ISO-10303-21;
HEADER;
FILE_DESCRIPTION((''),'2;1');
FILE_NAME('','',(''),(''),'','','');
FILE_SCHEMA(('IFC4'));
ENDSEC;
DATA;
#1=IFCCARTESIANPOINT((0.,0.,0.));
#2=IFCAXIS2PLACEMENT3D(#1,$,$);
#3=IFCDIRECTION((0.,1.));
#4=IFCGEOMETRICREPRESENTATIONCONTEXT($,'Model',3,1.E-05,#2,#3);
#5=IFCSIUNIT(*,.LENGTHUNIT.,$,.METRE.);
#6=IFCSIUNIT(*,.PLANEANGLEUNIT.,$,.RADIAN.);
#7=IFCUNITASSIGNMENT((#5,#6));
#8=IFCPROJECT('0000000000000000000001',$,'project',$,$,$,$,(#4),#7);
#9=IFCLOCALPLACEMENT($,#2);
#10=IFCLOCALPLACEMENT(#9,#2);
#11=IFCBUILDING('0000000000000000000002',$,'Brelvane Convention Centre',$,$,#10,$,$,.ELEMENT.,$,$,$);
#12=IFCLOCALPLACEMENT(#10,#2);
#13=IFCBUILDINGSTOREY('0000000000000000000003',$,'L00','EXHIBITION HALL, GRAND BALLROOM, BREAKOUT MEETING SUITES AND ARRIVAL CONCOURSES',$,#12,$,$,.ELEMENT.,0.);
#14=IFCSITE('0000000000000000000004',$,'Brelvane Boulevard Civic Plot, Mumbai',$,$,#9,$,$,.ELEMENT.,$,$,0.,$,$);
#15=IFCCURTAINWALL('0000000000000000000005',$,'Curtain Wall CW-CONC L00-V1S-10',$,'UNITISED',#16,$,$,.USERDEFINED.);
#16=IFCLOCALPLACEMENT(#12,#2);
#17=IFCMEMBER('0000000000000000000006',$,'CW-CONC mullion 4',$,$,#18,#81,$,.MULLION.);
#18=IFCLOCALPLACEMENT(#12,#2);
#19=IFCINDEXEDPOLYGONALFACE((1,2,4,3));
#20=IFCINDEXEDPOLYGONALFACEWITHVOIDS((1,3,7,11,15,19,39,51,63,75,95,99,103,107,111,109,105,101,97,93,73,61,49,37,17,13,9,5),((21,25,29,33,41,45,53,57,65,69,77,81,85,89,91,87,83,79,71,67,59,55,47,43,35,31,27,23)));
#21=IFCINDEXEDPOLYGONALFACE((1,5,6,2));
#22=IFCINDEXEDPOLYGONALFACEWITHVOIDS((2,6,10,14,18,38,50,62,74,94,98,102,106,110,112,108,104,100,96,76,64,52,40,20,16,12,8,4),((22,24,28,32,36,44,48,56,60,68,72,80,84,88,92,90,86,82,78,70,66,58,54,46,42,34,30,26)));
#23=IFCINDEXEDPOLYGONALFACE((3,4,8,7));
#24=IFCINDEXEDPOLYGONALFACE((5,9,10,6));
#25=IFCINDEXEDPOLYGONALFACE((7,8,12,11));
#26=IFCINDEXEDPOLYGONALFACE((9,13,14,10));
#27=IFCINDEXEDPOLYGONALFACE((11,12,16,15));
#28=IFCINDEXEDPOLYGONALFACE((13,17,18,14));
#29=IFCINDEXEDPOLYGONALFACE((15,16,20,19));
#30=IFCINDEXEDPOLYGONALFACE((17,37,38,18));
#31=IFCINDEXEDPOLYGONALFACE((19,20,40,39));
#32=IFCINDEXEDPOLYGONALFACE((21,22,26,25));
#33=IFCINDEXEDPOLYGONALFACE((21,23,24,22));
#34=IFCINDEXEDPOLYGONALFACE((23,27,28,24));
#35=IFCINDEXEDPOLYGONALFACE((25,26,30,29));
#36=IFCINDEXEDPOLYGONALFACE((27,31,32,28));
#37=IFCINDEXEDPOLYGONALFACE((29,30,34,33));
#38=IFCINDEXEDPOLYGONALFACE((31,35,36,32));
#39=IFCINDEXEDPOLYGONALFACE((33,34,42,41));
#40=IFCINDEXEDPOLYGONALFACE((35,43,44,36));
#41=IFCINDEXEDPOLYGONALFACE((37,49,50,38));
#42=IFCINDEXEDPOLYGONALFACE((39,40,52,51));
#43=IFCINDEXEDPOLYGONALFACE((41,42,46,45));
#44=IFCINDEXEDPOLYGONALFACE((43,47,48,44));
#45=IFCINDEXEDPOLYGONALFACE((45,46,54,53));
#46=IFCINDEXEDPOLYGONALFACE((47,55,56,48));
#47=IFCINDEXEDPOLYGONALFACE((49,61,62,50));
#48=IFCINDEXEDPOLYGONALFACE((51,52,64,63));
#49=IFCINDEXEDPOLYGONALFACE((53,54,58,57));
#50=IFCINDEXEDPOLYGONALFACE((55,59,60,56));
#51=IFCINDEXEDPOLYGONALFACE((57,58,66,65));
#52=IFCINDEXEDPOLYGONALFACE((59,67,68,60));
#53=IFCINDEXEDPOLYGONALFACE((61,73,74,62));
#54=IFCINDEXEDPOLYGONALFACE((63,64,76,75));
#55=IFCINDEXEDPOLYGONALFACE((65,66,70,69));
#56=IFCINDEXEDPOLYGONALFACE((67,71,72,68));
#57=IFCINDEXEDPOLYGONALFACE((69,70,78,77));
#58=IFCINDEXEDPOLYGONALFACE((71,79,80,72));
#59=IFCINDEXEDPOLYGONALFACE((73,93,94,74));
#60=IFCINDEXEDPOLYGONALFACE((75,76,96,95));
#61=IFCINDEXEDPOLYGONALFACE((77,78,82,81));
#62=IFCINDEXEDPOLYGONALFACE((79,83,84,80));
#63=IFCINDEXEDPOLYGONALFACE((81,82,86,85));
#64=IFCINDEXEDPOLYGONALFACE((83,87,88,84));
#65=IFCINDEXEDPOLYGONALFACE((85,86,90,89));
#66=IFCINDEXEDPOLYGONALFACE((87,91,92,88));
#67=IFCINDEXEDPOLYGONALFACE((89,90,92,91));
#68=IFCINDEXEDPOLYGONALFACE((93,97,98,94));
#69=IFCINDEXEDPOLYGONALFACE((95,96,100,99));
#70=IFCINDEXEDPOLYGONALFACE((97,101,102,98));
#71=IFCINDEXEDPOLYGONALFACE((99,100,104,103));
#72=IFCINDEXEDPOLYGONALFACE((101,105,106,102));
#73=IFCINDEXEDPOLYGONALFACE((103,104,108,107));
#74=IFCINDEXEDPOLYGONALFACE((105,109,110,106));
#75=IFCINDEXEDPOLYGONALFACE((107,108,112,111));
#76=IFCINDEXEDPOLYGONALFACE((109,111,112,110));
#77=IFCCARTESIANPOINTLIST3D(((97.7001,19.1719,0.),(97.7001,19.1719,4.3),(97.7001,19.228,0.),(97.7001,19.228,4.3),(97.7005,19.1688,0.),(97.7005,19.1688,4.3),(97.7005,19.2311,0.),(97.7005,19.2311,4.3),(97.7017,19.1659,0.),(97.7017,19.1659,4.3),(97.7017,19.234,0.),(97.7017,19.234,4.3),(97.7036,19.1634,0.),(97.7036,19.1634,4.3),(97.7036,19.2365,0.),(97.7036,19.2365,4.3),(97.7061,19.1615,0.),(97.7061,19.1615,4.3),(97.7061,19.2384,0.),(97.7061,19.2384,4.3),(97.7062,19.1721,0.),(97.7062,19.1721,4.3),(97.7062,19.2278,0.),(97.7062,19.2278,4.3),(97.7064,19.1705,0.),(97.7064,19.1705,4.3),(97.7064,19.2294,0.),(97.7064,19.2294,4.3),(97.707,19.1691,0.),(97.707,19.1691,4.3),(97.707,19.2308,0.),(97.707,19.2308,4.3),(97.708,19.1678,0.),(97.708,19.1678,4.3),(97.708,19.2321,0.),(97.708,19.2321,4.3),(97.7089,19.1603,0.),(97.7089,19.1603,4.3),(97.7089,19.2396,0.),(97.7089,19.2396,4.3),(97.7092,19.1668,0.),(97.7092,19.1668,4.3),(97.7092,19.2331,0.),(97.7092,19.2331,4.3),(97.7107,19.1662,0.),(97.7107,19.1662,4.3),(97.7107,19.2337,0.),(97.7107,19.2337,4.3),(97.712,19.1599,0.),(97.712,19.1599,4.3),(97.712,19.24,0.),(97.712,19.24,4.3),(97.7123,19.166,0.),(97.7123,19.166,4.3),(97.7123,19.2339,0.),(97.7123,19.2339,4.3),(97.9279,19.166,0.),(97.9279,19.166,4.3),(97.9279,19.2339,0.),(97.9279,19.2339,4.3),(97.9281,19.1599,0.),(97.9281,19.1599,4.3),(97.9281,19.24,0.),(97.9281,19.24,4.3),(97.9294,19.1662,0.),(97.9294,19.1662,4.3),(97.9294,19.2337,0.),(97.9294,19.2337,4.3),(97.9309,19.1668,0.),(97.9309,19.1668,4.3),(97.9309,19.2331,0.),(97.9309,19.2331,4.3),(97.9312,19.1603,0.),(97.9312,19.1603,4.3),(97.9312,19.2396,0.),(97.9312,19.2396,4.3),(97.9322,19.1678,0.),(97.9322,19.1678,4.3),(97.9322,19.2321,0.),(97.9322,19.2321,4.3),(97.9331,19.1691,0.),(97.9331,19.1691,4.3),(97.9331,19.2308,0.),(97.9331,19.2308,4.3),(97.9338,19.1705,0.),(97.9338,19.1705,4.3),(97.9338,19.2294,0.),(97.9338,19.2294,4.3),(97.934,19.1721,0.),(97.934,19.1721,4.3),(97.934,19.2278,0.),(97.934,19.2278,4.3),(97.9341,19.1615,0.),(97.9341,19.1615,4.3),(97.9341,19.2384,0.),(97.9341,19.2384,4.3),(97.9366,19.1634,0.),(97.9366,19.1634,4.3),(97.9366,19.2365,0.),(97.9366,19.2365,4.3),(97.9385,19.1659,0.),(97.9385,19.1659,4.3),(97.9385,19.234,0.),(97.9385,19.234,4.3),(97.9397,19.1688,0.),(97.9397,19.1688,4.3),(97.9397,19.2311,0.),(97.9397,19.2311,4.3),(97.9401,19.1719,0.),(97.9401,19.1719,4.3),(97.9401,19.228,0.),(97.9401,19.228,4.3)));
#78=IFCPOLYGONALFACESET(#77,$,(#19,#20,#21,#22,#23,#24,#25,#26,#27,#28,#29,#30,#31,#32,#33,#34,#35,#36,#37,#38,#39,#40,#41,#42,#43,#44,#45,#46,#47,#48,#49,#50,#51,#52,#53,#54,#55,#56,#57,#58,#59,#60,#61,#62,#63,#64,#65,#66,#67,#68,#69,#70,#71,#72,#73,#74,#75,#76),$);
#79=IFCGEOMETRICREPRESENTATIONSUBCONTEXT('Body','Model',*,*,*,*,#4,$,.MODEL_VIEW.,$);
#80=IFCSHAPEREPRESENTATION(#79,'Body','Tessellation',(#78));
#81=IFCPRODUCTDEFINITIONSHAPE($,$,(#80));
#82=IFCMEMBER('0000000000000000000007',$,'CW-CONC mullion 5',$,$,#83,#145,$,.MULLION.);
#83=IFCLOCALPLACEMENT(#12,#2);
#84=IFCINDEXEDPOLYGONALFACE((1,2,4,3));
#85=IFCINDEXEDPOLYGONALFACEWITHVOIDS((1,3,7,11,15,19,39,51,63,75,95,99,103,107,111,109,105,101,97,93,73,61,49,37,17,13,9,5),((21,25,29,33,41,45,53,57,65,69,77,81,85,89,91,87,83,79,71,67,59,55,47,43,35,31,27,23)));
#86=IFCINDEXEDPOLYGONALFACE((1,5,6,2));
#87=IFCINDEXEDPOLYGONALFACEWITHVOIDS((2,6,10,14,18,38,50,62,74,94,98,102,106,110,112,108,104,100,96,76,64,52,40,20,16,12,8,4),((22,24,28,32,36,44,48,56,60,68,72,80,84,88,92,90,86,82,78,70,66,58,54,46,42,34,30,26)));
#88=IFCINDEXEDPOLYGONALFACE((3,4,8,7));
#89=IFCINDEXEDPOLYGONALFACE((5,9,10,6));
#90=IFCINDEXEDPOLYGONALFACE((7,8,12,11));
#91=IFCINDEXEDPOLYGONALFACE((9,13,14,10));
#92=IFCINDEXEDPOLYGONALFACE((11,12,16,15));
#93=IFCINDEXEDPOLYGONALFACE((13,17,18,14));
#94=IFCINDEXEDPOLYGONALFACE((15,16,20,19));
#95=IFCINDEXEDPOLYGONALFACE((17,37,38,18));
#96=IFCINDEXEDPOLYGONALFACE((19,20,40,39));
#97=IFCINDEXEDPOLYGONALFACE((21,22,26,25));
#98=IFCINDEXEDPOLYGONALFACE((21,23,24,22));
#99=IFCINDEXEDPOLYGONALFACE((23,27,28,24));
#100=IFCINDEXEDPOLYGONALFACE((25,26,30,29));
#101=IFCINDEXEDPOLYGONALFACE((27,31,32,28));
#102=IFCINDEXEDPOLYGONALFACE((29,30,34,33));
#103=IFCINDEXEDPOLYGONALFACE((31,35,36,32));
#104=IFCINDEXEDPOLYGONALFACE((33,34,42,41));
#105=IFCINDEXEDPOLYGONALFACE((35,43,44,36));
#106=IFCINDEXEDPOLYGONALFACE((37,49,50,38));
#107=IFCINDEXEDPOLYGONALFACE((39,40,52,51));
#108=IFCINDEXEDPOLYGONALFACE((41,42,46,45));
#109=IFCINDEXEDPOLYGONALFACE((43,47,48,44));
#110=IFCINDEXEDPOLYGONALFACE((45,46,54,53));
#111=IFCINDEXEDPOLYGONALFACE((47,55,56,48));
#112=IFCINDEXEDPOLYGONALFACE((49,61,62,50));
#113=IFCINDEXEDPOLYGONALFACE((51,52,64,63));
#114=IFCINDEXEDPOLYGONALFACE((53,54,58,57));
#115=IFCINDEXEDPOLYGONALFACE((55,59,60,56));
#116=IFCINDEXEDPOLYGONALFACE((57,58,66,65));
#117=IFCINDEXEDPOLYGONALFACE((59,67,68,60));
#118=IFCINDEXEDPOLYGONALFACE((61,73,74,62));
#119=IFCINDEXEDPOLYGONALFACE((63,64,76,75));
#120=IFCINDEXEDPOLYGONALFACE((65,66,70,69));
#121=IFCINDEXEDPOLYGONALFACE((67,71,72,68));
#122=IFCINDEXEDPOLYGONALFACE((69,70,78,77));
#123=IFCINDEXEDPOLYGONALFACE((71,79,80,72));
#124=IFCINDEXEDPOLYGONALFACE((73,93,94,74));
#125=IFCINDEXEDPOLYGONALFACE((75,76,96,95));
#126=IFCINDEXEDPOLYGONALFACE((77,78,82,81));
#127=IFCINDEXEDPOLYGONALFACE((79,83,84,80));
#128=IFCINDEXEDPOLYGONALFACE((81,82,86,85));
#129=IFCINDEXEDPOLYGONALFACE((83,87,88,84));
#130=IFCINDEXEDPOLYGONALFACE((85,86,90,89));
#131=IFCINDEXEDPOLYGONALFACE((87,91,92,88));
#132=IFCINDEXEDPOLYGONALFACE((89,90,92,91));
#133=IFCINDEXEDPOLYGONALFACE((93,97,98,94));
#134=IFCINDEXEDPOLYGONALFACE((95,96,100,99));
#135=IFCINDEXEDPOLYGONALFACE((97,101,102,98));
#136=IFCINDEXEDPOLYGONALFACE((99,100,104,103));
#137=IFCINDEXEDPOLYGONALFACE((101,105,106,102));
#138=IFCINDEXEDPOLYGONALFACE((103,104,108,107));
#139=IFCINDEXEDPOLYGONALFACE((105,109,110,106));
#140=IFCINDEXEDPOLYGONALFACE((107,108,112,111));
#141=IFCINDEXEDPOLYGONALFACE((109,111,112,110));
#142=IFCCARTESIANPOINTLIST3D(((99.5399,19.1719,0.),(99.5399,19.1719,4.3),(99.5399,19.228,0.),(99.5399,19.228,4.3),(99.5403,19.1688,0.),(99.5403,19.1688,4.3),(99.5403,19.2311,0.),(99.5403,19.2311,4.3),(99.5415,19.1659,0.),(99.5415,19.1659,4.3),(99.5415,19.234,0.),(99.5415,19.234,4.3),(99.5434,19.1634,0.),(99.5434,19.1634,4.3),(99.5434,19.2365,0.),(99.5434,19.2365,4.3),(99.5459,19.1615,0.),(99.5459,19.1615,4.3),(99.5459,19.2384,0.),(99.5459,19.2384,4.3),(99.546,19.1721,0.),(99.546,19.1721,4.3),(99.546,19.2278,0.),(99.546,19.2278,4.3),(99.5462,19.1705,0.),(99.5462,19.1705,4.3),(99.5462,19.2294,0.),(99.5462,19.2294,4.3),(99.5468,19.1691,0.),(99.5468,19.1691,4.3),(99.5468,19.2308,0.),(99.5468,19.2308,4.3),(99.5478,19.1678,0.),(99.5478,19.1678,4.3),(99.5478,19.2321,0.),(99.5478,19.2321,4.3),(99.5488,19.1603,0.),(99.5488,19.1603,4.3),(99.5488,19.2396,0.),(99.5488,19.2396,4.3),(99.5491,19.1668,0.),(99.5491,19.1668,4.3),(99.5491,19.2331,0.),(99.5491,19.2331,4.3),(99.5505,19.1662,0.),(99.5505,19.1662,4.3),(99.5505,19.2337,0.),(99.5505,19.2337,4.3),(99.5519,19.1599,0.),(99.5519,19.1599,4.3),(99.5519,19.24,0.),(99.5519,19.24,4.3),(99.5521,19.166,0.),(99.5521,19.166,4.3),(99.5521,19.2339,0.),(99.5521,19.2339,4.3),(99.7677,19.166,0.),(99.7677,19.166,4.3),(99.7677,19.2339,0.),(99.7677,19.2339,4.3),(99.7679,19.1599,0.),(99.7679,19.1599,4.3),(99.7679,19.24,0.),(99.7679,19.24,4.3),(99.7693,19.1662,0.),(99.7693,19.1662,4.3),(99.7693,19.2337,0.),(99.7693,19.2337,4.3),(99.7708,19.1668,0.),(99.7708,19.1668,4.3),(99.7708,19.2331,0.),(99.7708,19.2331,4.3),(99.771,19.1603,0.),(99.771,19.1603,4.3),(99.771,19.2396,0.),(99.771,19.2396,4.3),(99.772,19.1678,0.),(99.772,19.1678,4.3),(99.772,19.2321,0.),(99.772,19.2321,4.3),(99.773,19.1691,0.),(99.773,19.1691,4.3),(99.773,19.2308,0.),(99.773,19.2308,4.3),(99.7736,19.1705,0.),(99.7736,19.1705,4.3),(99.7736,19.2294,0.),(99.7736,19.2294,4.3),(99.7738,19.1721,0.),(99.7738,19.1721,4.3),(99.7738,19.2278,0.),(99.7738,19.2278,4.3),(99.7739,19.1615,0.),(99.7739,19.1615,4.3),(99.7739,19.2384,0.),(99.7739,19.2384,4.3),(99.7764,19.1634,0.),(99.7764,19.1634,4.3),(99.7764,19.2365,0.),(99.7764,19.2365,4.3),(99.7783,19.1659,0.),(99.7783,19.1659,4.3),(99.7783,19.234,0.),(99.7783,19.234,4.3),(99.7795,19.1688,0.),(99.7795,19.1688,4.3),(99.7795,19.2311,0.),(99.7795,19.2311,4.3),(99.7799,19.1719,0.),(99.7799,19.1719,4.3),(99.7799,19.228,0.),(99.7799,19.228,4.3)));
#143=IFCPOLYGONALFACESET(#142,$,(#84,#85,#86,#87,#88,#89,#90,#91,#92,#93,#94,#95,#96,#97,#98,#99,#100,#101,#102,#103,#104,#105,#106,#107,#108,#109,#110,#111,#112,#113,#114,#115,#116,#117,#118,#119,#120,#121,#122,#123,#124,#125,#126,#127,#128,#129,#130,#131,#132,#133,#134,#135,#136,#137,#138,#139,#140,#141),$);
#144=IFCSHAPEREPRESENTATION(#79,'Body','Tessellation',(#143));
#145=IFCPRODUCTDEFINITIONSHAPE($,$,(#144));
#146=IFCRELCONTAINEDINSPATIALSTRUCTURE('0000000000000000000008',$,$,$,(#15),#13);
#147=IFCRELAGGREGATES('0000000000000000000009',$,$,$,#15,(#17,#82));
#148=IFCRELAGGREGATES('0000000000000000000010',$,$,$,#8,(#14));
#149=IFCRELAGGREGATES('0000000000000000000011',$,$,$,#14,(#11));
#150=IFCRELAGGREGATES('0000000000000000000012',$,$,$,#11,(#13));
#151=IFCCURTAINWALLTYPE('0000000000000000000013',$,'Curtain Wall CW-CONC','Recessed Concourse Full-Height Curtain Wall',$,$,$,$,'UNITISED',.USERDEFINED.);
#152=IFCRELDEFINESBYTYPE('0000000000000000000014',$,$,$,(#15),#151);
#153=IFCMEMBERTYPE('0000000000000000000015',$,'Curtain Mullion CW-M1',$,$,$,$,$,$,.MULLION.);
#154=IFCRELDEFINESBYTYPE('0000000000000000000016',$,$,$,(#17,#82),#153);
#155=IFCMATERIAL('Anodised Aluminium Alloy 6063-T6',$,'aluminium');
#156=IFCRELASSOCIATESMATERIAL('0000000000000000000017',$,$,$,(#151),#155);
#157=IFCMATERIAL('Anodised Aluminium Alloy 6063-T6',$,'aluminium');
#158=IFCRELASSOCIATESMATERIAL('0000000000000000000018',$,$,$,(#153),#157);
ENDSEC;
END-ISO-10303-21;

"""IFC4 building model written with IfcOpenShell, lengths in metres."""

from ifc_helpers import new_model, si_unit, direction, frame, origin, origin_2d, place, context, subcontext, project, spatial, hollow_rectangle, extrude, material, material_profile, profile_set, type_object, element, aggregate, save


model = new_model("IFC4")

# Units and contexts
model_context = context("Model", 3, precision=1e-05, world=origin(), true_north=direction((0.0, 1.0)))
body_context = subcontext(model_context, "Body", "Model", "MODEL_VIEW")
ifc_project = project(units=[si_unit("LENGTHUNIT", "METRE"), si_unit("PLANEANGLEUNIT", "RADIAN")], contexts=[model_context])

# Site, building, storey
site_placement = place(None, origin())
site = spatial("IfcSite", under=ifc_project, at=site_placement, Name="Brelvane Boulevard Civic Plot, Mumbai", CompositionType="ELEMENT", RefElevation=0.0)
building_placement = place(site_placement, origin())
building = spatial("IfcBuilding", under=site, at=building_placement, Name="Brelvane Convention Centre", CompositionType="ELEMENT")
storey_placement = place(building_placement, origin())
storey = spatial("IfcBuildingStorey", under=building, at=storey_placement, Name="L00", Description="EXHIBITION HALL, GRAND BALLROOM, BREAKOUT MEETING SUITES AND ARRIVAL CONCOURSES", CompositionType="ELEMENT", Elevation=0.0)

# Curtain wall, members
ifc_material_1 = material(Name="Anodised Aluminium Alloy 6063-T6", Category="aluminium")
curtain_wall_type = type_object("IfcCurtainWallType", Name="Curtain Wall CW-CONC", Description="Recessed Concourse Full-Height Curtain Wall", ElementType="UNITISED", PredefinedType="USERDEFINED", material=ifc_material_1)
curtain_wall_placement = place(storey_placement, origin())
curtain_wall = element("IfcCurtainWall", 1, at=curtain_wall_placement, inside=storey, type_object=curtain_wall_type, Name="Curtain Wall CW-CONC L00-V1S-10", ObjectType="UNITISED", PredefinedType="USERDEFINED")
ifc_material_2 = material(Name="Anodised Aluminium Alloy 6063-T6", Category="aluminium")
ifc_material_profile_1 = material_profile(ifc_material_2, hollow_rectangle(XDim=0.0801, YDim=0.24, WallThickness=0.0061, InnerFilletRadius=0.0061, OuterFilletRadius=0.012, at=origin_2d()), Name="ALU-M 240x80x6.0")
ifc_profile_set_1 = profile_set([ifc_material_profile_1], Name="Anodised Aluminium Alloy 6063-T6")
member_type_1 = type_object("IfcMemberType", Name="Curtain Mullion CW-M1", PredefinedType="MULLION", material=ifc_profile_set_1)
member_1_placement = place(storey_placement, frame((97.8201, 19.2, 0.0), z_axis=(0.0, 0.0, 1.0), x_axis=(0.0, 1.0, 0.0)))
member_1 = element("IfcMember", 2, at=member_1_placement, type_object=member_type_1, Name="CW-CONC mullion 4", PredefinedType="MULLION", context=body_context, shape_type="SweptSolid", body=[
    extrude(hollow_rectangle(XDim=0.0801, YDim=0.24, WallThickness=0.0061, InnerFilletRadius=0.0061, OuterFilletRadius=0.012, at=origin_2d()), origin(), (0.0, 0.0, 1.0), 4.3),
])
member_2_placement = place(storey_placement, frame((99.6599, 19.2, 0.0), z_axis=(0.0, 0.0, 1.0), x_axis=(0.0, 1.0, 0.0)))
member_2 = element("IfcMember", 3, at=member_2_placement, type_object=member_type_1, Name="CW-CONC mullion 5", PredefinedType="MULLION", context=body_context, shape_type="SweptSolid", body=[
    extrude(hollow_rectangle(XDim=0.0801, YDim=0.24, WallThickness=0.0061, InnerFilletRadius=0.0061, OuterFilletRadius=0.012, at=origin_2d()), origin(), (0.0, 0.0, 1.0), 4.3),
])

aggregate(curtain_wall, [member_1, member_2])

save(model, "model.ifc")
